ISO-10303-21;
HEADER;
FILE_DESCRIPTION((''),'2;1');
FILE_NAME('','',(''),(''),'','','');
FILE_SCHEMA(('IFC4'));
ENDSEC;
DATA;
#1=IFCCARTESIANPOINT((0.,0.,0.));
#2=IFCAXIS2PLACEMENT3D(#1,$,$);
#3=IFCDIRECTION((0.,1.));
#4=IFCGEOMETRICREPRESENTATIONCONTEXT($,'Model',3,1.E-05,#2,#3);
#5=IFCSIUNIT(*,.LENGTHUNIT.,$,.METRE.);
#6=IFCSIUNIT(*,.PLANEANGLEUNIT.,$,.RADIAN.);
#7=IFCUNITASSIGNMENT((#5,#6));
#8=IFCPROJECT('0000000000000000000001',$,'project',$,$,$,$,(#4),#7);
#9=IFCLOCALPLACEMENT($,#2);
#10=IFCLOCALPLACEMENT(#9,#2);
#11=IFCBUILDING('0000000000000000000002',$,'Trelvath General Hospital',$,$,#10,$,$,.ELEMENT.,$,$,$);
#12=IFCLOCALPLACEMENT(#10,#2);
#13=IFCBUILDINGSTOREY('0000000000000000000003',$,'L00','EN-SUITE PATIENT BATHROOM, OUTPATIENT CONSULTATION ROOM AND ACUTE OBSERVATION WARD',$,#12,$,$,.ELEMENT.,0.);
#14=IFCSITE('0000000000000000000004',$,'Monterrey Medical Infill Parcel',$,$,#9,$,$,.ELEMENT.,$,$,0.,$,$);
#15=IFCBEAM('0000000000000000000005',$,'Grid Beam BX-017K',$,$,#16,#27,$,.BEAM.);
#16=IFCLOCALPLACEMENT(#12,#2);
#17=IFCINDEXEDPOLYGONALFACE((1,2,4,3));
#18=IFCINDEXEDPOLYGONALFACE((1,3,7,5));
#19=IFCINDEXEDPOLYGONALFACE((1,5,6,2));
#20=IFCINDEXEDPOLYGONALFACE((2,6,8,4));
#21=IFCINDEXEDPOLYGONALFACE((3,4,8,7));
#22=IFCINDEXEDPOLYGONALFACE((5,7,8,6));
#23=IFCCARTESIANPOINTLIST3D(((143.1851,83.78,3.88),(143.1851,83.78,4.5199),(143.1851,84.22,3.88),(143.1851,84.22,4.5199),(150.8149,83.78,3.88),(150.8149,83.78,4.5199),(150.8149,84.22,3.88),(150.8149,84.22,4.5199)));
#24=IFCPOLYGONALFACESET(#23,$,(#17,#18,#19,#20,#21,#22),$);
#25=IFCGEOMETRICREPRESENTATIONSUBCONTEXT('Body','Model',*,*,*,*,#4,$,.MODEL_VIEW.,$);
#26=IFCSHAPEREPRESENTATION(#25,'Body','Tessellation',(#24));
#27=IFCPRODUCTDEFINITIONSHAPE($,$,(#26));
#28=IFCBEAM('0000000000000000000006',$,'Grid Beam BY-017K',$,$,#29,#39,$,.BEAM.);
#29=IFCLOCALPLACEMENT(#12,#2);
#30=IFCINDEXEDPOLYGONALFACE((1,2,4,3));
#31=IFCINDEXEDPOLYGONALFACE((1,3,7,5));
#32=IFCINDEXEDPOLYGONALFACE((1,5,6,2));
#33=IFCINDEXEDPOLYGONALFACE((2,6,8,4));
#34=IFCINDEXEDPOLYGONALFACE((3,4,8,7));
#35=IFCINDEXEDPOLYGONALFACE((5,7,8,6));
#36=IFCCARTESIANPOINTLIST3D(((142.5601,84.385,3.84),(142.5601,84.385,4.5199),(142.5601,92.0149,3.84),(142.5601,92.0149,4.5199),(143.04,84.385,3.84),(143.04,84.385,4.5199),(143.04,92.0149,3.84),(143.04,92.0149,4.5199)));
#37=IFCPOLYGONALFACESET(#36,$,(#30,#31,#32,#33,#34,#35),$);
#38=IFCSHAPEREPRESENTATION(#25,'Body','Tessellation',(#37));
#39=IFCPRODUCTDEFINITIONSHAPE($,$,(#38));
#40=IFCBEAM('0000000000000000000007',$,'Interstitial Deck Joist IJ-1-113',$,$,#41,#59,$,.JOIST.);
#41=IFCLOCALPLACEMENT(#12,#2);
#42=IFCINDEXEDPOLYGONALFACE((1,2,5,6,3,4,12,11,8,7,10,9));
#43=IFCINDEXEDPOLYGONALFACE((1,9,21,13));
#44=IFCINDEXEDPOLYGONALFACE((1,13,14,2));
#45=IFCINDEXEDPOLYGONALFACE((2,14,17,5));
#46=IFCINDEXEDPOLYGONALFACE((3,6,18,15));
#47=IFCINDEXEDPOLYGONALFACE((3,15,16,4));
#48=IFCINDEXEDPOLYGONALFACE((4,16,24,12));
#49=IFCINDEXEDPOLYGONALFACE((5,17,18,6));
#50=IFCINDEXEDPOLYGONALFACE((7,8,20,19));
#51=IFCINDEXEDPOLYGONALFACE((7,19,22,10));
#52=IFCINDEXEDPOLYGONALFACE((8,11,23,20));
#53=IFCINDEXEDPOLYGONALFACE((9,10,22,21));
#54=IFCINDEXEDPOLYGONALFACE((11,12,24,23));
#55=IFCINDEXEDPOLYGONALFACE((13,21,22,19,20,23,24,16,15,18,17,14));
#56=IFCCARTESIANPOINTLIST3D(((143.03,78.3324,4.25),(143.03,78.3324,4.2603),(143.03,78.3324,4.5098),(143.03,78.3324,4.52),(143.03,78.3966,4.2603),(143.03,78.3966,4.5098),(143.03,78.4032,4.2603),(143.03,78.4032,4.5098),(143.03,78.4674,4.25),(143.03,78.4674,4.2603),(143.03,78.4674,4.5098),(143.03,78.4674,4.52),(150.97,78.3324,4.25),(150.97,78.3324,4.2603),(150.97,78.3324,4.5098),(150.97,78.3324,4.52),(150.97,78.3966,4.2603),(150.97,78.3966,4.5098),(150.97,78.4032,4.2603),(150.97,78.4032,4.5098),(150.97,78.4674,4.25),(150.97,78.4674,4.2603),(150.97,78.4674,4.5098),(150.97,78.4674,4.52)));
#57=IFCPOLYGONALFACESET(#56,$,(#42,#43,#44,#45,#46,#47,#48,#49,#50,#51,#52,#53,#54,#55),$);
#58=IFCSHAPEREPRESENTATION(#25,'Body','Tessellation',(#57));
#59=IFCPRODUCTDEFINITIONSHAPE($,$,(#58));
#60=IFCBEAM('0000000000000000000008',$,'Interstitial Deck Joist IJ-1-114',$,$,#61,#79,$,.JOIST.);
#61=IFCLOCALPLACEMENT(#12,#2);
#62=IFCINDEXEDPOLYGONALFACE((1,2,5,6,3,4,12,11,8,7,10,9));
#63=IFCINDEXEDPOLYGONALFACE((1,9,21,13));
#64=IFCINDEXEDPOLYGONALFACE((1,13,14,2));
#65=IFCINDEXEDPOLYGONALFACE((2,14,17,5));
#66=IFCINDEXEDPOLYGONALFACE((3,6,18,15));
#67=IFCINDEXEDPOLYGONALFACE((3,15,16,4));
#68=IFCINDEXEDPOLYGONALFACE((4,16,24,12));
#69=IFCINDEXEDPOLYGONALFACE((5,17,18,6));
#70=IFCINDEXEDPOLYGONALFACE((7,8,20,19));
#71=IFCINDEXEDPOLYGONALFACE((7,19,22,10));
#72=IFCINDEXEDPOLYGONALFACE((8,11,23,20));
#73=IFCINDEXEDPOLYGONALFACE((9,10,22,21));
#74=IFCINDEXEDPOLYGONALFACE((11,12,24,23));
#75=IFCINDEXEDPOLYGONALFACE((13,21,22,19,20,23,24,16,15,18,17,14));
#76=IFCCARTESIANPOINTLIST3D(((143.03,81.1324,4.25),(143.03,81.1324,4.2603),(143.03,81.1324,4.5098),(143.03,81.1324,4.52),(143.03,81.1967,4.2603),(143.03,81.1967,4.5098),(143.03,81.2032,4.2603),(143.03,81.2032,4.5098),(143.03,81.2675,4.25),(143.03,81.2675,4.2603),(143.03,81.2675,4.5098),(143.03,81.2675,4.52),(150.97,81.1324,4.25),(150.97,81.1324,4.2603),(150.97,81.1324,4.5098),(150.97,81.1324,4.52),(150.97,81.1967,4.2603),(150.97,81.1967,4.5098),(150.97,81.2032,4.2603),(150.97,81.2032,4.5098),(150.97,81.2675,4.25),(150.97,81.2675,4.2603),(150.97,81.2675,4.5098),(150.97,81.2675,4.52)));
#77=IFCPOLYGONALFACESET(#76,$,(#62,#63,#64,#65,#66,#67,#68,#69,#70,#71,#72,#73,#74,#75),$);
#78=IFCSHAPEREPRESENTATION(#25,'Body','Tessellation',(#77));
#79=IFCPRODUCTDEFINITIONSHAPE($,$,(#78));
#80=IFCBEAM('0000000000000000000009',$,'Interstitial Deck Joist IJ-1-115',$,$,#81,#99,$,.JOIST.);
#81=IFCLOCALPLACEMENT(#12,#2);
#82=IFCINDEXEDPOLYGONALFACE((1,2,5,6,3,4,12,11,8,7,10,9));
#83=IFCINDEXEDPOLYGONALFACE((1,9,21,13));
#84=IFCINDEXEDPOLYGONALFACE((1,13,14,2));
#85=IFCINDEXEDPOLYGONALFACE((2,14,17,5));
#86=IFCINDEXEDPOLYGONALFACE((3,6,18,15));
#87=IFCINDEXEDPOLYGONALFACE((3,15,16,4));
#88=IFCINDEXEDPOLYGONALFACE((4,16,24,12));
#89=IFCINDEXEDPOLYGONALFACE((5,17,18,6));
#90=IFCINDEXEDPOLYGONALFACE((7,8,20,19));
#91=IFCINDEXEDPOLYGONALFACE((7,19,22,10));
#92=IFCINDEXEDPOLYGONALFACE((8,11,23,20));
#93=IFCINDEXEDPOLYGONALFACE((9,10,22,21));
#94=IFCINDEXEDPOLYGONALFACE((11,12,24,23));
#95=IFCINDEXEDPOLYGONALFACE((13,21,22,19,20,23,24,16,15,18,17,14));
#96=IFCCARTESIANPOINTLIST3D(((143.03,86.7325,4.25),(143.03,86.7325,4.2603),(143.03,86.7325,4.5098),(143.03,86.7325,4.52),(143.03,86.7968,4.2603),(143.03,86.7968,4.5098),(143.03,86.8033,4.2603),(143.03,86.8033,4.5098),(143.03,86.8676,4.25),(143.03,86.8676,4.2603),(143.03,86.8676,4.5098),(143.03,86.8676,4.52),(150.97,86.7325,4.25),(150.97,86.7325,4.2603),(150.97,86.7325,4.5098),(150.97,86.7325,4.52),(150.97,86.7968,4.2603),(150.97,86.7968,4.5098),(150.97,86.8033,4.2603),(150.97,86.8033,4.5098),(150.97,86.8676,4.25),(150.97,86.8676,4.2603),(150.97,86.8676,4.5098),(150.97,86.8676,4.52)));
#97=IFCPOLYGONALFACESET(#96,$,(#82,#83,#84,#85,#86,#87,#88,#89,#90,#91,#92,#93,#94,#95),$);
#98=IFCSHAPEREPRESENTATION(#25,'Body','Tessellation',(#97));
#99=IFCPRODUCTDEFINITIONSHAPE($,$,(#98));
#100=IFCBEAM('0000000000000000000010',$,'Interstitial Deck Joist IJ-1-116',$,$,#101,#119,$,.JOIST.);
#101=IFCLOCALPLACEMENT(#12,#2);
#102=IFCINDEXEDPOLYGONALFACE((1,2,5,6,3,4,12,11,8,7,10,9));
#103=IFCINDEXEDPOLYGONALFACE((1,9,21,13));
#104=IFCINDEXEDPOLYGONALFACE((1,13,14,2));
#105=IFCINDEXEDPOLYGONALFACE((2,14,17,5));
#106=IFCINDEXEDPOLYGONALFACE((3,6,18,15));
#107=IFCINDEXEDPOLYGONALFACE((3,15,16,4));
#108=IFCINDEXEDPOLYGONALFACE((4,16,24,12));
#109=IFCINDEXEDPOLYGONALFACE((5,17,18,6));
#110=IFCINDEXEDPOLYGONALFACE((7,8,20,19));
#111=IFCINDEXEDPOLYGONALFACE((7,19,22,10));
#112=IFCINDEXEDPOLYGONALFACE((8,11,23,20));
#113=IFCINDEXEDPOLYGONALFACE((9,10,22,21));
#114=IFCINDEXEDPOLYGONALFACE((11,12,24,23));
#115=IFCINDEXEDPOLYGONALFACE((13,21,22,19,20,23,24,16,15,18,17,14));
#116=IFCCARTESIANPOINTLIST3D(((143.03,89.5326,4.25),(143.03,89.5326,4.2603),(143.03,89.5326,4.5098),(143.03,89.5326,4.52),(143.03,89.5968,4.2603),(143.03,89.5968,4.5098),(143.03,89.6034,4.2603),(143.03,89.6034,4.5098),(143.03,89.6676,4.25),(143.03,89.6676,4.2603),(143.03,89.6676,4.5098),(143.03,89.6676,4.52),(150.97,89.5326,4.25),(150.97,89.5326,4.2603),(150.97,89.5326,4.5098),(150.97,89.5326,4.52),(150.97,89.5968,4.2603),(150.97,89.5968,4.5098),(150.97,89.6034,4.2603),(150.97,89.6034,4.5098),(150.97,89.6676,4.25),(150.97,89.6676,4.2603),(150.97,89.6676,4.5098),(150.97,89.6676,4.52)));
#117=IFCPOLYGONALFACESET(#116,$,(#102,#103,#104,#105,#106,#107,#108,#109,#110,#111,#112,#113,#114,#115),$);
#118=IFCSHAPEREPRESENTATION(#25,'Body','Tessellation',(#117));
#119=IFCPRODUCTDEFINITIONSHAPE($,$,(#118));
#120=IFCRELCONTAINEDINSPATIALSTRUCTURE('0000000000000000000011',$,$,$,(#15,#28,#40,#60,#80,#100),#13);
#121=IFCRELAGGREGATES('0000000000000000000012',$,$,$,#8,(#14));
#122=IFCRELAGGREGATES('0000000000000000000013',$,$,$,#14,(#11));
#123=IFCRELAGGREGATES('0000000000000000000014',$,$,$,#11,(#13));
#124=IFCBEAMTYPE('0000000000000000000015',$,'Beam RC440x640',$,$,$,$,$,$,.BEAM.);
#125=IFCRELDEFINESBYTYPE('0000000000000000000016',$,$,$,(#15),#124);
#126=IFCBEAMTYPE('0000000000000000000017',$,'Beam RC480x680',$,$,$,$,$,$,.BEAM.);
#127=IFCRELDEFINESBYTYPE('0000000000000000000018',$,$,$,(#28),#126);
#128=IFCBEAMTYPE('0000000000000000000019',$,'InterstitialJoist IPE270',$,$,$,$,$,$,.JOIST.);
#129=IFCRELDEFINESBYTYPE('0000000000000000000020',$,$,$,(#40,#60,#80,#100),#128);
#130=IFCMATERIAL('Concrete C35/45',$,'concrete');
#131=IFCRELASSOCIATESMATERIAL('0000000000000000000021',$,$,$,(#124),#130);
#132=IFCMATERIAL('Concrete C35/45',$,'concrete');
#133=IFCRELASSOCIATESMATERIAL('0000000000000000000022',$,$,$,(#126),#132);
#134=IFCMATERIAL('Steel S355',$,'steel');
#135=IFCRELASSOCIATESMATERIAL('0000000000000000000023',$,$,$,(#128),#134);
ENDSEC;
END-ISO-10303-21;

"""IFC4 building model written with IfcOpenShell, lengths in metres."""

from ifc_helpers import new_model, si_unit, direction, frame, origin, origin_2d, place, context, subcontext, project, spatial, rectangle, i_section, extrude, material, material_profile, profile_set, type_object, element, save


model = new_model("IFC4")

# Units and contexts
model_context = context("Model", 3, precision=1e-05, world=origin(), true_north=direction((0.0, 1.0)))
body_context = subcontext(model_context, "Body", "Model", "MODEL_VIEW")
ifc_project = project(units=[si_unit("LENGTHUNIT", "METRE"), si_unit("PLANEANGLEUNIT", "RADIAN")], contexts=[model_context])

# Site, building, storey
site_placement = place(None, origin())
site = spatial("IfcSite", under=ifc_project, at=site_placement, Name="Monterrey Medical Infill Parcel", CompositionType="ELEMENT", RefElevation=0.0)
building_placement = place(site_placement, origin())
building = spatial("IfcBuilding", under=site, at=building_placement, Name="Trelvath General Hospital", CompositionType="ELEMENT")
storey_placement = place(building_placement, origin())
storey = spatial("IfcBuildingStorey", under=building, at=storey_placement, Name="L00", Description="EN-SUITE PATIENT BATHROOM, OUTPATIENT CONSULTATION ROOM AND ACUTE OBSERVATION WARD", CompositionType="ELEMENT", Elevation=0.0)

# Beams
ifc_material_1 = material(Name="Concrete C35/45", Category="concrete")
ifc_material_profile_1 = material_profile(ifc_material_1, rectangle(XDim=0.4399, YDim=0.6399, at=origin_2d()), Name="RCB440x640")
ifc_profile_set_1 = profile_set([ifc_material_profile_1], Name="Concrete C35/45")
beam_type_1 = type_object("IfcBeamType", Name="Beam RC440x640", PredefinedType="BEAM", material=ifc_profile_set_1)
beam_1_placement = place(storey_placement, frame((143.1851, 84.0, 4.2), z_axis=(1.0, 0.0, 0.0), x_axis=(0.0, 1.0, 0.0)))
element("IfcBeam", 1, at=beam_1_placement, inside=storey, type_object=beam_type_1, Name="Grid Beam BX-017K", PredefinedType="BEAM", context=body_context, shape_type="SweptSolid", body=[
    extrude(rectangle(XDim=0.4399, YDim=0.6399, at=origin_2d()), origin(), (0.0, 0.0, 1.0), 7.6299),
])
ifc_material_2 = material(Name="Concrete C35/45", Category="concrete")
ifc_material_profile_2 = material_profile(ifc_material_2, rectangle(XDim=0.48, YDim=0.6799, at=origin_2d()), Name="RCB480x680")
ifc_profile_set_2 = profile_set([ifc_material_profile_2], Name="Concrete C35/45")
beam_type_2 = type_object("IfcBeamType", Name="Beam RC480x680", PredefinedType="BEAM", material=ifc_profile_set_2)
beam_2_placement = place(storey_placement, frame((142.8, 84.385, 4.1799), z_axis=(0.0, 1.0, 0.0), x_axis=(-1.0, 0.0, 0.0)))
element("IfcBeam", 2, at=beam_2_placement, inside=storey, type_object=beam_type_2, Name="Grid Beam BY-017K", PredefinedType="BEAM", context=body_context, shape_type="SweptSolid", body=[
    extrude(rectangle(XDim=0.48, YDim=0.6799, at=origin_2d()), origin(), (0.0, 0.0, 1.0), 7.6299),
])
ifc_material_3 = material(Name="Steel S355", Category="steel")
ifc_material_profile_3 = material_profile(ifc_material_3, i_section(OverallWidth=0.135, OverallDepth=0.27, WebThickness=0.0066, FlangeThickness=0.0103, at=origin_2d()), Name="IPE270")
ifc_profile_set_3 = profile_set([ifc_material_profile_3], Name="Steel S355")
beam_type_3 = type_object("IfcBeamType", Name="InterstitialJoist IPE270", PredefinedType="JOIST", material=ifc_profile_set_3)
for number, where, z_axis, x_axis, name in (
    (3, (143.03, 78.3999, 4.385), (1.0, 0.0, 0.0), (0.0, 1.0, 0.0), "Interstitial Deck Joist IJ-1-113"),
    (4, (143.03, 81.2, 4.385), (1.0, 0.0, 0.0), (0.0, 1.0, 0.0), "Interstitial Deck Joist IJ-1-114"),
    (5, (143.03, 86.8, 4.385), (1.0, 0.0, 0.0), (0.0, 1.0, 0.0), "Interstitial Deck Joist IJ-1-115"),
    (6, (143.03, 89.6001, 4.385), (1.0, 0.0, 0.0), (0.0, 1.0, 0.0), "Interstitial Deck Joist IJ-1-116"),
):
    element("IfcBeam", number, at=place(storey_placement, frame(where, z_axis=z_axis, x_axis=x_axis)), inside=storey, type_object=beam_type_3, Name=name, PredefinedType="JOIST", context=body_context, shape_type="SweptSolid", body=[
        extrude(i_section(OverallWidth=0.135, OverallDepth=0.27, WebThickness=0.0066, FlangeThickness=0.0103, at=origin_2d()), origin(), (0.0, 0.0, 1.0), 7.9399),
    ])

save(model, "model.ifc")
